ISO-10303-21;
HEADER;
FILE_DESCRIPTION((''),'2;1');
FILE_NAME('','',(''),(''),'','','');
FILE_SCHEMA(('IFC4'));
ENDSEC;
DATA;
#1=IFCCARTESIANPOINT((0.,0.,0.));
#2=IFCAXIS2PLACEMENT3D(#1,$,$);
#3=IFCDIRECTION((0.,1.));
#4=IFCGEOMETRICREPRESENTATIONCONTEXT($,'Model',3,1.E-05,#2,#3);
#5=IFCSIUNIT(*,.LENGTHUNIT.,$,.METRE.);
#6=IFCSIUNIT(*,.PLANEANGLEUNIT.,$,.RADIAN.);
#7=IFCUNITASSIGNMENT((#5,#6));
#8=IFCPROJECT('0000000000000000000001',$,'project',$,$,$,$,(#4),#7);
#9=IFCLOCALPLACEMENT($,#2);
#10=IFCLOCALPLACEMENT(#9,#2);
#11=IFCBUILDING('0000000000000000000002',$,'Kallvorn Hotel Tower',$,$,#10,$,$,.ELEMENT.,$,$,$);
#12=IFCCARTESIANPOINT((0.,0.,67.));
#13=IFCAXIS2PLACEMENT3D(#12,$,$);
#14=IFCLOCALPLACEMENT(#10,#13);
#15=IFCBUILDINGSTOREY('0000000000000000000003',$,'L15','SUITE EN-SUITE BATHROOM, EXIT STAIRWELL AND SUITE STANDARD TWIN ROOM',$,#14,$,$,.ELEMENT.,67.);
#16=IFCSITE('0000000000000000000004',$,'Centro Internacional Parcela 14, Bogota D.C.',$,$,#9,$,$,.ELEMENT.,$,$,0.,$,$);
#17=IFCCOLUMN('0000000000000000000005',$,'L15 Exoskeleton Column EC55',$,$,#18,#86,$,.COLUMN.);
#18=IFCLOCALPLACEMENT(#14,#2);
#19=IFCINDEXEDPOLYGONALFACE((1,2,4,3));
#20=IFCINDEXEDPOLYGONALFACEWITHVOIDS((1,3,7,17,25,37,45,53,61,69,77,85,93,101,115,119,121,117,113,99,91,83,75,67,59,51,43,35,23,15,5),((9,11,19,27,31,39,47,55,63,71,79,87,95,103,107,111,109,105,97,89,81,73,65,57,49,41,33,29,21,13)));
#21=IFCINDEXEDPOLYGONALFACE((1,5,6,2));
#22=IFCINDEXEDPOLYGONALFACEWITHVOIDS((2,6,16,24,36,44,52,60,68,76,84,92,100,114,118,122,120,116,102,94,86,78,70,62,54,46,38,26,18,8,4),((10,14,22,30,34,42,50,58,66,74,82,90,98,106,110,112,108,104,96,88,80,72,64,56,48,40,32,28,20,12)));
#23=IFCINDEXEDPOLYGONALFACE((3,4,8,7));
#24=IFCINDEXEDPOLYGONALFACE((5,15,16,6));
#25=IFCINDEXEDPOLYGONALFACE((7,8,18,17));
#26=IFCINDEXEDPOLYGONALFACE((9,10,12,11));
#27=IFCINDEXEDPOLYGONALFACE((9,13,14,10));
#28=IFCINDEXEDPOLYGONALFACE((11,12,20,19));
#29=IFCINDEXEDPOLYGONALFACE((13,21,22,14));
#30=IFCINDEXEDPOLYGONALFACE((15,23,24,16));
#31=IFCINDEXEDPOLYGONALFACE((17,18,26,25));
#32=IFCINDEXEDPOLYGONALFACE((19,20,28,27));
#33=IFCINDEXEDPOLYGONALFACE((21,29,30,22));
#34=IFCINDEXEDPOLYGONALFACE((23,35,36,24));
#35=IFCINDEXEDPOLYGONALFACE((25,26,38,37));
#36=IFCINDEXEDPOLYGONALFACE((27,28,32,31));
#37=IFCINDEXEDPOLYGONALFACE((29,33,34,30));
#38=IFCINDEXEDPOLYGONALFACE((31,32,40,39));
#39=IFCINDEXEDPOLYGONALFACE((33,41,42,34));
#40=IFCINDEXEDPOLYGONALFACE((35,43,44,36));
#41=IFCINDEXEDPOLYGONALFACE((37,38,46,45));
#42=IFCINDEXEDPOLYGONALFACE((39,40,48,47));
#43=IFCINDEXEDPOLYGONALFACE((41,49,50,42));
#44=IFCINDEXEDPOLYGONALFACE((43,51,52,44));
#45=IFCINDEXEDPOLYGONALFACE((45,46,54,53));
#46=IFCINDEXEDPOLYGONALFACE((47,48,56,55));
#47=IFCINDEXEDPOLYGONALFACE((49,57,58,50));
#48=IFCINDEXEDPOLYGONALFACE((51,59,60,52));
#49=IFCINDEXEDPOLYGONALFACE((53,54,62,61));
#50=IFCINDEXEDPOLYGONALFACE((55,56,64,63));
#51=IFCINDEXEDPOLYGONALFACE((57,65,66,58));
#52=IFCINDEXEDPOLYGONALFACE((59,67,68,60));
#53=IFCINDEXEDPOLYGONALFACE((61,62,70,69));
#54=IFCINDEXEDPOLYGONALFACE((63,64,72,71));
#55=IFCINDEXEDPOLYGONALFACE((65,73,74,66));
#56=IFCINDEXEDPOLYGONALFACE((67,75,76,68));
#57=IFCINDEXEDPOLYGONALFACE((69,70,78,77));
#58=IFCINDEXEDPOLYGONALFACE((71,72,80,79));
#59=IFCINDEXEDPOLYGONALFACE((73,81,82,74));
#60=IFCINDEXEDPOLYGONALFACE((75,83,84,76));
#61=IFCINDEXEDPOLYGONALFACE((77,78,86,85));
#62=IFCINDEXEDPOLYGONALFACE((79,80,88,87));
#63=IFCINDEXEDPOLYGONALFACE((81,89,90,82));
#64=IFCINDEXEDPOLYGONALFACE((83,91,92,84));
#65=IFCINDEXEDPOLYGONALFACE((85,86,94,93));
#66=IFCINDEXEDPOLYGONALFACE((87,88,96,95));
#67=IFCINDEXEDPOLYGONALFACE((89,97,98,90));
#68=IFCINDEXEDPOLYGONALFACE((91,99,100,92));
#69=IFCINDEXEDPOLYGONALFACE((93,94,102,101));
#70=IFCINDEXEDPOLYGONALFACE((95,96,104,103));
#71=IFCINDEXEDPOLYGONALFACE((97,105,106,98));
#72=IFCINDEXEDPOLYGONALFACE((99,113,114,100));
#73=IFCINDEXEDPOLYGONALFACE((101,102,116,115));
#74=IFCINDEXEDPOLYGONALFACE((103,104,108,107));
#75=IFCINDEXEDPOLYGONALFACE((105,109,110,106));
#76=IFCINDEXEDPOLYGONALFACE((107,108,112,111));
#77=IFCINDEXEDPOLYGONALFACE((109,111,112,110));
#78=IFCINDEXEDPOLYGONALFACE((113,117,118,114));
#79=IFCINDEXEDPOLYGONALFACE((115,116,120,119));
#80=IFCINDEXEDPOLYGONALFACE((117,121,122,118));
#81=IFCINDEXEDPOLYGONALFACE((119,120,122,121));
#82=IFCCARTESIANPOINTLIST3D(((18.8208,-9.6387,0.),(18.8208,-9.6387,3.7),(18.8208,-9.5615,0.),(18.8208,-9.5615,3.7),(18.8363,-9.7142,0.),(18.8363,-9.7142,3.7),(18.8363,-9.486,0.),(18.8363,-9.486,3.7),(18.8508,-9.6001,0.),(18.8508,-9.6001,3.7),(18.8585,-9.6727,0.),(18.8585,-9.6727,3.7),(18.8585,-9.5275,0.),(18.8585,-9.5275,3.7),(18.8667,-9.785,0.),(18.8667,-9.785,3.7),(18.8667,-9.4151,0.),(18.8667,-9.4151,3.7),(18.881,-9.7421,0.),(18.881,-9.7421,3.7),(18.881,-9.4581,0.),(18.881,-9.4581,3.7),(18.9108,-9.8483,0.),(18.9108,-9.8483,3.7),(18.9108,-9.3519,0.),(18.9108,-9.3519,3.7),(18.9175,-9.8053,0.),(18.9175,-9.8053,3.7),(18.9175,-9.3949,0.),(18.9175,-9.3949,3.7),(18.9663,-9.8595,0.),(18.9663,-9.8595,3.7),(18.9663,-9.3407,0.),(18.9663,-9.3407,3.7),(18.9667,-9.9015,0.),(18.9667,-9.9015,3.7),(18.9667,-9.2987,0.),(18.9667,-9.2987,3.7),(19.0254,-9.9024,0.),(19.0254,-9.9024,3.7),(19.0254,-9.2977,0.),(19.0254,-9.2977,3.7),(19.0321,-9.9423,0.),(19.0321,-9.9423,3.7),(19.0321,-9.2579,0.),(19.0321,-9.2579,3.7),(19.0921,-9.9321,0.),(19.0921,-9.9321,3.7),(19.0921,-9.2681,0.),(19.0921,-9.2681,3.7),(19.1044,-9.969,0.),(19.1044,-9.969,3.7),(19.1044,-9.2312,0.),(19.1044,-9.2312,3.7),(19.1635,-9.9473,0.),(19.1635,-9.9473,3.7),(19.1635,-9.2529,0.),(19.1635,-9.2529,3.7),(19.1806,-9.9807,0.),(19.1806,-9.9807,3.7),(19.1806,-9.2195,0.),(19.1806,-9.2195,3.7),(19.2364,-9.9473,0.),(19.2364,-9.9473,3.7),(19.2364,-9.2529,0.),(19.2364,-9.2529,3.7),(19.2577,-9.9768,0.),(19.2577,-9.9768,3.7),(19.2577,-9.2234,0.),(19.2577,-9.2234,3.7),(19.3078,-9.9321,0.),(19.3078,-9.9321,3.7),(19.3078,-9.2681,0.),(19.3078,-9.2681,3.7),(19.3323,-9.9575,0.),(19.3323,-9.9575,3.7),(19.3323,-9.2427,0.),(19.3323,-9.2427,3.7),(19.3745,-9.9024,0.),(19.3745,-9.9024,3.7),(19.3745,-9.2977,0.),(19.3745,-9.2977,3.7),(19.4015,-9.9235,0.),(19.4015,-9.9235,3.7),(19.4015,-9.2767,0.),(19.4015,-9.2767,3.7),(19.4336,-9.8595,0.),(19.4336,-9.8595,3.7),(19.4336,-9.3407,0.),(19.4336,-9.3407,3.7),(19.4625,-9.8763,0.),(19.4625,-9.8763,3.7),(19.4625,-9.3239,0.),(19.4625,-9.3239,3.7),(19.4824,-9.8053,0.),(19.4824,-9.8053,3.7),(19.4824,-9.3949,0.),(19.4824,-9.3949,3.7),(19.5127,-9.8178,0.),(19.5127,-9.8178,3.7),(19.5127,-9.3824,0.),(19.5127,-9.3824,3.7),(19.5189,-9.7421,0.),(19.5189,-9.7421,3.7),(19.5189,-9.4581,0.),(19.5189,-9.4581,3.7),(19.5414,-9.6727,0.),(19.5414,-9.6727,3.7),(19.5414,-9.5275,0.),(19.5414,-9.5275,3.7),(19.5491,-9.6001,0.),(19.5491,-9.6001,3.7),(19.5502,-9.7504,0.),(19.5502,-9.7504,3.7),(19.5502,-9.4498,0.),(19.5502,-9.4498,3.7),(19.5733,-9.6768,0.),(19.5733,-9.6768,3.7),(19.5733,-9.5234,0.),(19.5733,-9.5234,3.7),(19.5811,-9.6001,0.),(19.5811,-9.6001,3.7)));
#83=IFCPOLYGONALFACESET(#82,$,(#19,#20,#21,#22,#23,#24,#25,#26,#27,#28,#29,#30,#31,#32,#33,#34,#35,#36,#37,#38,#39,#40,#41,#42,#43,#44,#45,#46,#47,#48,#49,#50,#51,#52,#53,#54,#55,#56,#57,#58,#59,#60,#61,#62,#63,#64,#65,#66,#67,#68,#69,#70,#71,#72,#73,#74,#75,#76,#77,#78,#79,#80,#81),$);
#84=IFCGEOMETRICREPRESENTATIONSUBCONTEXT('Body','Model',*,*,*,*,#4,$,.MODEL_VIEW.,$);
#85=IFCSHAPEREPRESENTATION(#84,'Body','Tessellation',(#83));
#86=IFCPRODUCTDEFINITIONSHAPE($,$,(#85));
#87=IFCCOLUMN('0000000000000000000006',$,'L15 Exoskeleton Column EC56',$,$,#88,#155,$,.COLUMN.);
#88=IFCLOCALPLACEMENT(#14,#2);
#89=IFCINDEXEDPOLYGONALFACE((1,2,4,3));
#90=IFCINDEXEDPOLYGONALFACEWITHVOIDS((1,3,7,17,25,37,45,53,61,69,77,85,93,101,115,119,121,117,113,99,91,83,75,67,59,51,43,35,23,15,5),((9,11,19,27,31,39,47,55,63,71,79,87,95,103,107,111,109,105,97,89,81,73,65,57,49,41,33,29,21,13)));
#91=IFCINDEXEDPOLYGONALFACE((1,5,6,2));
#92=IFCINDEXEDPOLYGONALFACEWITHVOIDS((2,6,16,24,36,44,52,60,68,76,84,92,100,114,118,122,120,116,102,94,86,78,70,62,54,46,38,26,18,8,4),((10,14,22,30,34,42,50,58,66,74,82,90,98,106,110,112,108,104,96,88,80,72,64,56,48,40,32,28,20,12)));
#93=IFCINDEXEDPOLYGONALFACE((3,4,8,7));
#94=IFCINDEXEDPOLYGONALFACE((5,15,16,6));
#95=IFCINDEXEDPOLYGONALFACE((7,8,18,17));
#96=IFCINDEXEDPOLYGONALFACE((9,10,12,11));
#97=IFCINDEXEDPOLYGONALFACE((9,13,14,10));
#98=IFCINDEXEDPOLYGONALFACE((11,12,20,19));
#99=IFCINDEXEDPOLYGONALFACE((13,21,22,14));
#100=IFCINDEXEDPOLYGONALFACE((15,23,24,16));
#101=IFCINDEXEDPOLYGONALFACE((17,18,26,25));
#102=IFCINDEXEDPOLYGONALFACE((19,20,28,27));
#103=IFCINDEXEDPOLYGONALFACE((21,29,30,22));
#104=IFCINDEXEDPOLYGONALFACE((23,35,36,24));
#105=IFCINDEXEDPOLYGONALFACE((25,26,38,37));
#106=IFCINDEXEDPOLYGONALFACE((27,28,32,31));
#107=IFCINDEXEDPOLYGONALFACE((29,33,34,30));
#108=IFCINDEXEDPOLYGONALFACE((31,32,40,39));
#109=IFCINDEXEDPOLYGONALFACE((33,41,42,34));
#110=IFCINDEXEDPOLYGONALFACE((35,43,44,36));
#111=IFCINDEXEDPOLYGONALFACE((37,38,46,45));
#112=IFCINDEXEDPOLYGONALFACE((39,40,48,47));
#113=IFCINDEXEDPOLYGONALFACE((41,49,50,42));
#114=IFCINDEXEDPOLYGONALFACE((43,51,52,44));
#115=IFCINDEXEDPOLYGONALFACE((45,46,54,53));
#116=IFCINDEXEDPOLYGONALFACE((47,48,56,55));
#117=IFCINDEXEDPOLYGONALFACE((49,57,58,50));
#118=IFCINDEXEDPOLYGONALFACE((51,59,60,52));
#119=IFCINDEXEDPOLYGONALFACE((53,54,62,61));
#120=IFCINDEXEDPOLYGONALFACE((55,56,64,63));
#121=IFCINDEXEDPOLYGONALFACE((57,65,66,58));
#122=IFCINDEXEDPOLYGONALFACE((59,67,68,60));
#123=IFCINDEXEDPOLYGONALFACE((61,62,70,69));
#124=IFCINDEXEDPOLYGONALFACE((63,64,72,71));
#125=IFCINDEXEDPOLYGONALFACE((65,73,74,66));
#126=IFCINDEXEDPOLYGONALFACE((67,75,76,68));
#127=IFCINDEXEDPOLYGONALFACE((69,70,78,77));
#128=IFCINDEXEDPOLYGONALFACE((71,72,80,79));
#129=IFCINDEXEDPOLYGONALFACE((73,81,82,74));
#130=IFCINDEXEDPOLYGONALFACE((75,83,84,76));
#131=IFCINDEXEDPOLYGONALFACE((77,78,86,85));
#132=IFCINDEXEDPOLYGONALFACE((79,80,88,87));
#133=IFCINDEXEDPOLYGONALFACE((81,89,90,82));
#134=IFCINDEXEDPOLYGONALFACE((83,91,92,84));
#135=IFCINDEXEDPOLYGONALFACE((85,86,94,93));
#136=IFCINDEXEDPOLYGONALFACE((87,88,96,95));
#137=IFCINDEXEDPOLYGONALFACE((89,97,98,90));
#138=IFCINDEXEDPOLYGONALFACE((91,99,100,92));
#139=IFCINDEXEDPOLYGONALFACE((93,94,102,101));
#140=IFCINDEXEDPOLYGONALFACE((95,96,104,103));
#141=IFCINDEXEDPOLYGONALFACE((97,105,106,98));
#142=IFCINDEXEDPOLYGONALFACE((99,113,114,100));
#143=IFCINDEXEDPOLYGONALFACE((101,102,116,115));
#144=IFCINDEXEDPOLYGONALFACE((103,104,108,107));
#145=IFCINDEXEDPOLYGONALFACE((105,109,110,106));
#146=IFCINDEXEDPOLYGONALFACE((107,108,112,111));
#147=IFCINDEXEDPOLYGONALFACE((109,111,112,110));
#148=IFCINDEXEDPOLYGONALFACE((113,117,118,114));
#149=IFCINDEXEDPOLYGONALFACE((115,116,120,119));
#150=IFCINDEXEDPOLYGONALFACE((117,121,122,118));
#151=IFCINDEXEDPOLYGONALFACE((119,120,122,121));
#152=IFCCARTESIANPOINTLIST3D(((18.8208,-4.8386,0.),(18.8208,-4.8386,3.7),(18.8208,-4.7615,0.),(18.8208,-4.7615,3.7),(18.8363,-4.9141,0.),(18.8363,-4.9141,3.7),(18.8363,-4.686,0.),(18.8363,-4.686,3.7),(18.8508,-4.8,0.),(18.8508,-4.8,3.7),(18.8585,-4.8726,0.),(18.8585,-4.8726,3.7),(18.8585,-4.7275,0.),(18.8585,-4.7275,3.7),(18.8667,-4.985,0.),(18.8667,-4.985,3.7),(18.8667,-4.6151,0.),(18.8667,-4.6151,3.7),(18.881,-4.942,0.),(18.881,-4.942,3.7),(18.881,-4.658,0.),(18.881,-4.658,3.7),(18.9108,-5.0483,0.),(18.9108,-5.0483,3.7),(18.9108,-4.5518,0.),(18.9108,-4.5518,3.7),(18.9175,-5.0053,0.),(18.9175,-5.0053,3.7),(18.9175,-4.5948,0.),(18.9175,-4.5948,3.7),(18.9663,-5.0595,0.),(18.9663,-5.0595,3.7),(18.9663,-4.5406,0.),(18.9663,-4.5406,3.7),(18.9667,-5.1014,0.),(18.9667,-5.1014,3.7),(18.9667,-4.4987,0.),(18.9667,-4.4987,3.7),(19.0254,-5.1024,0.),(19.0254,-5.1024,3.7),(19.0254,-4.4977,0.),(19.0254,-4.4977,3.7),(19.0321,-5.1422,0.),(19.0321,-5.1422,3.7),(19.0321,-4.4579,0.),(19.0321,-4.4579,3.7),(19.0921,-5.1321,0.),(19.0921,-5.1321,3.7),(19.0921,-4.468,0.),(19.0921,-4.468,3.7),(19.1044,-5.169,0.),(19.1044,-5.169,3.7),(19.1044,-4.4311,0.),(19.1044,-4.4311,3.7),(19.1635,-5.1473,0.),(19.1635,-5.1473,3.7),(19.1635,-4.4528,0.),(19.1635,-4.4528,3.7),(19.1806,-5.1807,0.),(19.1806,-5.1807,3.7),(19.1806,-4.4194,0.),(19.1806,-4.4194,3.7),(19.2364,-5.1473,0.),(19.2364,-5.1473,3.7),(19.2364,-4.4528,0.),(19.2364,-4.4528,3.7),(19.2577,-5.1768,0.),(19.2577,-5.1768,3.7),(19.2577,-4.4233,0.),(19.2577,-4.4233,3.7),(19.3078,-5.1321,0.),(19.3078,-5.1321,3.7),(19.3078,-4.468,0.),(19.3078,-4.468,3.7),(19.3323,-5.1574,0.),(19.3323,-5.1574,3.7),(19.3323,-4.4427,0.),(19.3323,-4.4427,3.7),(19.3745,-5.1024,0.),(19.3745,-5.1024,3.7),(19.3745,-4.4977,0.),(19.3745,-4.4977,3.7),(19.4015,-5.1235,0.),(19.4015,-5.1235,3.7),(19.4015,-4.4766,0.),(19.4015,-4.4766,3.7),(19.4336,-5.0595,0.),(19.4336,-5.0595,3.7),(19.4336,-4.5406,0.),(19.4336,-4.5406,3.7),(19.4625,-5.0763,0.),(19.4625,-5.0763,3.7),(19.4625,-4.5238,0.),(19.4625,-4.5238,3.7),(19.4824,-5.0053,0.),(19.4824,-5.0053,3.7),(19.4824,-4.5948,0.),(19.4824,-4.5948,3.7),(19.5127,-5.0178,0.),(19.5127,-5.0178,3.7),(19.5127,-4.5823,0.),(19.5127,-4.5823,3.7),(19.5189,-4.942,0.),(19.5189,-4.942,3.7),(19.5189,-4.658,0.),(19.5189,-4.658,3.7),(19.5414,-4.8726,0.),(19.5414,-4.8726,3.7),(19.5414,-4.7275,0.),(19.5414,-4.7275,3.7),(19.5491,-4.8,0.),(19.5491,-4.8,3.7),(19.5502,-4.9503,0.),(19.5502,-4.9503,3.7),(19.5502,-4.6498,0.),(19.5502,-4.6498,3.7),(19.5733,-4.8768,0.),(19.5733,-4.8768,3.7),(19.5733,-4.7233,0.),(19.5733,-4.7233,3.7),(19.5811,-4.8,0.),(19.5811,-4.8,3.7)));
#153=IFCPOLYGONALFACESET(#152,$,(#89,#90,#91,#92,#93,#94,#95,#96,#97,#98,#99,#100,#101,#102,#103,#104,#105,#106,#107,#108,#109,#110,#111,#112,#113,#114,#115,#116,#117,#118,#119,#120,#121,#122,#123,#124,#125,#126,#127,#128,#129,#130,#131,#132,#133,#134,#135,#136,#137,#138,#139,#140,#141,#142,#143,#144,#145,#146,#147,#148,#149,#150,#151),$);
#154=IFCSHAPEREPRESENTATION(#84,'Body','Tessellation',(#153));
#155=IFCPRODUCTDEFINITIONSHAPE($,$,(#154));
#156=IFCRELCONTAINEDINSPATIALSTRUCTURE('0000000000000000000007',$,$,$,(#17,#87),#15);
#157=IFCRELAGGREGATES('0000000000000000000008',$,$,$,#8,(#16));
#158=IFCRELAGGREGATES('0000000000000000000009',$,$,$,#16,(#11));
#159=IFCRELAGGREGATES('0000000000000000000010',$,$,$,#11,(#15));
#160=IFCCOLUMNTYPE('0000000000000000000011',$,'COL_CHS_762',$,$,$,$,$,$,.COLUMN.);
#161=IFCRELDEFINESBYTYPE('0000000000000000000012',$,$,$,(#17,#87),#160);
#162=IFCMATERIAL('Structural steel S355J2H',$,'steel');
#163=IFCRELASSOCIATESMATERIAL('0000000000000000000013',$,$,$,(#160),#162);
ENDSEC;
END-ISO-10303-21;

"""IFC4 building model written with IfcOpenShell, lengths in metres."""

from ifc_helpers import new_model, si_unit, direction, frame, origin, origin_2d, place, context, subcontext, project, spatial, hollow_circle, extrude, material, material_profile, profile_set, type_object, element, save


model = new_model("IFC4")

# Units and contexts
model_context = context("Model", 3, precision=1e-05, world=origin(), true_north=direction((0.0, 1.0)))
body_context = subcontext(model_context, "Body", "Model", "MODEL_VIEW")
ifc_project = project(units=[si_unit("LENGTHUNIT", "METRE"), si_unit("PLANEANGLEUNIT", "RADIAN")], contexts=[model_context])

# Site, building, storey
site_placement = place(None, origin())
site = spatial("IfcSite", under=ifc_project, at=site_placement, Name="Centro Internacional Parcela 14, Bogota D.C.", CompositionType="ELEMENT", RefElevation=0.0)
building_placement = place(site_placement, origin())
building = spatial("IfcBuilding", under=site, at=building_placement, Name="Kallvorn Hotel Tower", CompositionType="ELEMENT")
storey_placement = place(building_placement, frame((0.0, 0.0, 67.0)))
storey = spatial("IfcBuildingStorey", under=building, at=storey_placement, Name="L15", Description="SUITE EN-SUITE BATHROOM, EXIT STAIRWELL AND SUITE STANDARD TWIN ROOM", CompositionType="ELEMENT", Elevation=67.0)

# Columns
ifc_material_1 = material(Name="Structural steel S355J2H", Category="steel")
ifc_material_profile_1 = material_profile(ifc_material_1, hollow_circle(Radius=0.3811, WallThickness=0.032, at=origin_2d()), Name="CHS 762x32")
ifc_profile_set_1 = profile_set([ifc_material_profile_1], Name="Structural steel S355J2H")
column_type_1 = type_object("IfcColumnType", Name="COL_CHS_762", PredefinedType="COLUMN", material=ifc_profile_set_1)
for number, where, z_axis, x_axis, name in (
    (1, (19.2, -9.6001, 0.0), (0.0, 0.0, 1.0), (1.0, 0.0, 0.0), "L15 Exoskeleton Column EC55"),
    (2, (19.2, -4.8, 0.0), (0.0, 0.0, 1.0), (1.0, 0.0, 0.0), "L15 Exoskeleton Column EC56"),
):
    element("IfcColumn", number, at=place(storey_placement, frame(where, z_axis=z_axis, x_axis=x_axis)), inside=storey, type_object=column_type_1, Name=name, PredefinedType="COLUMN", context=body_context, shape_type="SweptSolid", body=[
        extrude(hollow_circle(Radius=0.3811, WallThickness=0.032, at=origin_2d()), origin(), (0.0, 0.0, 1.0), 3.7),
    ])

save(model, "model.ifc")
